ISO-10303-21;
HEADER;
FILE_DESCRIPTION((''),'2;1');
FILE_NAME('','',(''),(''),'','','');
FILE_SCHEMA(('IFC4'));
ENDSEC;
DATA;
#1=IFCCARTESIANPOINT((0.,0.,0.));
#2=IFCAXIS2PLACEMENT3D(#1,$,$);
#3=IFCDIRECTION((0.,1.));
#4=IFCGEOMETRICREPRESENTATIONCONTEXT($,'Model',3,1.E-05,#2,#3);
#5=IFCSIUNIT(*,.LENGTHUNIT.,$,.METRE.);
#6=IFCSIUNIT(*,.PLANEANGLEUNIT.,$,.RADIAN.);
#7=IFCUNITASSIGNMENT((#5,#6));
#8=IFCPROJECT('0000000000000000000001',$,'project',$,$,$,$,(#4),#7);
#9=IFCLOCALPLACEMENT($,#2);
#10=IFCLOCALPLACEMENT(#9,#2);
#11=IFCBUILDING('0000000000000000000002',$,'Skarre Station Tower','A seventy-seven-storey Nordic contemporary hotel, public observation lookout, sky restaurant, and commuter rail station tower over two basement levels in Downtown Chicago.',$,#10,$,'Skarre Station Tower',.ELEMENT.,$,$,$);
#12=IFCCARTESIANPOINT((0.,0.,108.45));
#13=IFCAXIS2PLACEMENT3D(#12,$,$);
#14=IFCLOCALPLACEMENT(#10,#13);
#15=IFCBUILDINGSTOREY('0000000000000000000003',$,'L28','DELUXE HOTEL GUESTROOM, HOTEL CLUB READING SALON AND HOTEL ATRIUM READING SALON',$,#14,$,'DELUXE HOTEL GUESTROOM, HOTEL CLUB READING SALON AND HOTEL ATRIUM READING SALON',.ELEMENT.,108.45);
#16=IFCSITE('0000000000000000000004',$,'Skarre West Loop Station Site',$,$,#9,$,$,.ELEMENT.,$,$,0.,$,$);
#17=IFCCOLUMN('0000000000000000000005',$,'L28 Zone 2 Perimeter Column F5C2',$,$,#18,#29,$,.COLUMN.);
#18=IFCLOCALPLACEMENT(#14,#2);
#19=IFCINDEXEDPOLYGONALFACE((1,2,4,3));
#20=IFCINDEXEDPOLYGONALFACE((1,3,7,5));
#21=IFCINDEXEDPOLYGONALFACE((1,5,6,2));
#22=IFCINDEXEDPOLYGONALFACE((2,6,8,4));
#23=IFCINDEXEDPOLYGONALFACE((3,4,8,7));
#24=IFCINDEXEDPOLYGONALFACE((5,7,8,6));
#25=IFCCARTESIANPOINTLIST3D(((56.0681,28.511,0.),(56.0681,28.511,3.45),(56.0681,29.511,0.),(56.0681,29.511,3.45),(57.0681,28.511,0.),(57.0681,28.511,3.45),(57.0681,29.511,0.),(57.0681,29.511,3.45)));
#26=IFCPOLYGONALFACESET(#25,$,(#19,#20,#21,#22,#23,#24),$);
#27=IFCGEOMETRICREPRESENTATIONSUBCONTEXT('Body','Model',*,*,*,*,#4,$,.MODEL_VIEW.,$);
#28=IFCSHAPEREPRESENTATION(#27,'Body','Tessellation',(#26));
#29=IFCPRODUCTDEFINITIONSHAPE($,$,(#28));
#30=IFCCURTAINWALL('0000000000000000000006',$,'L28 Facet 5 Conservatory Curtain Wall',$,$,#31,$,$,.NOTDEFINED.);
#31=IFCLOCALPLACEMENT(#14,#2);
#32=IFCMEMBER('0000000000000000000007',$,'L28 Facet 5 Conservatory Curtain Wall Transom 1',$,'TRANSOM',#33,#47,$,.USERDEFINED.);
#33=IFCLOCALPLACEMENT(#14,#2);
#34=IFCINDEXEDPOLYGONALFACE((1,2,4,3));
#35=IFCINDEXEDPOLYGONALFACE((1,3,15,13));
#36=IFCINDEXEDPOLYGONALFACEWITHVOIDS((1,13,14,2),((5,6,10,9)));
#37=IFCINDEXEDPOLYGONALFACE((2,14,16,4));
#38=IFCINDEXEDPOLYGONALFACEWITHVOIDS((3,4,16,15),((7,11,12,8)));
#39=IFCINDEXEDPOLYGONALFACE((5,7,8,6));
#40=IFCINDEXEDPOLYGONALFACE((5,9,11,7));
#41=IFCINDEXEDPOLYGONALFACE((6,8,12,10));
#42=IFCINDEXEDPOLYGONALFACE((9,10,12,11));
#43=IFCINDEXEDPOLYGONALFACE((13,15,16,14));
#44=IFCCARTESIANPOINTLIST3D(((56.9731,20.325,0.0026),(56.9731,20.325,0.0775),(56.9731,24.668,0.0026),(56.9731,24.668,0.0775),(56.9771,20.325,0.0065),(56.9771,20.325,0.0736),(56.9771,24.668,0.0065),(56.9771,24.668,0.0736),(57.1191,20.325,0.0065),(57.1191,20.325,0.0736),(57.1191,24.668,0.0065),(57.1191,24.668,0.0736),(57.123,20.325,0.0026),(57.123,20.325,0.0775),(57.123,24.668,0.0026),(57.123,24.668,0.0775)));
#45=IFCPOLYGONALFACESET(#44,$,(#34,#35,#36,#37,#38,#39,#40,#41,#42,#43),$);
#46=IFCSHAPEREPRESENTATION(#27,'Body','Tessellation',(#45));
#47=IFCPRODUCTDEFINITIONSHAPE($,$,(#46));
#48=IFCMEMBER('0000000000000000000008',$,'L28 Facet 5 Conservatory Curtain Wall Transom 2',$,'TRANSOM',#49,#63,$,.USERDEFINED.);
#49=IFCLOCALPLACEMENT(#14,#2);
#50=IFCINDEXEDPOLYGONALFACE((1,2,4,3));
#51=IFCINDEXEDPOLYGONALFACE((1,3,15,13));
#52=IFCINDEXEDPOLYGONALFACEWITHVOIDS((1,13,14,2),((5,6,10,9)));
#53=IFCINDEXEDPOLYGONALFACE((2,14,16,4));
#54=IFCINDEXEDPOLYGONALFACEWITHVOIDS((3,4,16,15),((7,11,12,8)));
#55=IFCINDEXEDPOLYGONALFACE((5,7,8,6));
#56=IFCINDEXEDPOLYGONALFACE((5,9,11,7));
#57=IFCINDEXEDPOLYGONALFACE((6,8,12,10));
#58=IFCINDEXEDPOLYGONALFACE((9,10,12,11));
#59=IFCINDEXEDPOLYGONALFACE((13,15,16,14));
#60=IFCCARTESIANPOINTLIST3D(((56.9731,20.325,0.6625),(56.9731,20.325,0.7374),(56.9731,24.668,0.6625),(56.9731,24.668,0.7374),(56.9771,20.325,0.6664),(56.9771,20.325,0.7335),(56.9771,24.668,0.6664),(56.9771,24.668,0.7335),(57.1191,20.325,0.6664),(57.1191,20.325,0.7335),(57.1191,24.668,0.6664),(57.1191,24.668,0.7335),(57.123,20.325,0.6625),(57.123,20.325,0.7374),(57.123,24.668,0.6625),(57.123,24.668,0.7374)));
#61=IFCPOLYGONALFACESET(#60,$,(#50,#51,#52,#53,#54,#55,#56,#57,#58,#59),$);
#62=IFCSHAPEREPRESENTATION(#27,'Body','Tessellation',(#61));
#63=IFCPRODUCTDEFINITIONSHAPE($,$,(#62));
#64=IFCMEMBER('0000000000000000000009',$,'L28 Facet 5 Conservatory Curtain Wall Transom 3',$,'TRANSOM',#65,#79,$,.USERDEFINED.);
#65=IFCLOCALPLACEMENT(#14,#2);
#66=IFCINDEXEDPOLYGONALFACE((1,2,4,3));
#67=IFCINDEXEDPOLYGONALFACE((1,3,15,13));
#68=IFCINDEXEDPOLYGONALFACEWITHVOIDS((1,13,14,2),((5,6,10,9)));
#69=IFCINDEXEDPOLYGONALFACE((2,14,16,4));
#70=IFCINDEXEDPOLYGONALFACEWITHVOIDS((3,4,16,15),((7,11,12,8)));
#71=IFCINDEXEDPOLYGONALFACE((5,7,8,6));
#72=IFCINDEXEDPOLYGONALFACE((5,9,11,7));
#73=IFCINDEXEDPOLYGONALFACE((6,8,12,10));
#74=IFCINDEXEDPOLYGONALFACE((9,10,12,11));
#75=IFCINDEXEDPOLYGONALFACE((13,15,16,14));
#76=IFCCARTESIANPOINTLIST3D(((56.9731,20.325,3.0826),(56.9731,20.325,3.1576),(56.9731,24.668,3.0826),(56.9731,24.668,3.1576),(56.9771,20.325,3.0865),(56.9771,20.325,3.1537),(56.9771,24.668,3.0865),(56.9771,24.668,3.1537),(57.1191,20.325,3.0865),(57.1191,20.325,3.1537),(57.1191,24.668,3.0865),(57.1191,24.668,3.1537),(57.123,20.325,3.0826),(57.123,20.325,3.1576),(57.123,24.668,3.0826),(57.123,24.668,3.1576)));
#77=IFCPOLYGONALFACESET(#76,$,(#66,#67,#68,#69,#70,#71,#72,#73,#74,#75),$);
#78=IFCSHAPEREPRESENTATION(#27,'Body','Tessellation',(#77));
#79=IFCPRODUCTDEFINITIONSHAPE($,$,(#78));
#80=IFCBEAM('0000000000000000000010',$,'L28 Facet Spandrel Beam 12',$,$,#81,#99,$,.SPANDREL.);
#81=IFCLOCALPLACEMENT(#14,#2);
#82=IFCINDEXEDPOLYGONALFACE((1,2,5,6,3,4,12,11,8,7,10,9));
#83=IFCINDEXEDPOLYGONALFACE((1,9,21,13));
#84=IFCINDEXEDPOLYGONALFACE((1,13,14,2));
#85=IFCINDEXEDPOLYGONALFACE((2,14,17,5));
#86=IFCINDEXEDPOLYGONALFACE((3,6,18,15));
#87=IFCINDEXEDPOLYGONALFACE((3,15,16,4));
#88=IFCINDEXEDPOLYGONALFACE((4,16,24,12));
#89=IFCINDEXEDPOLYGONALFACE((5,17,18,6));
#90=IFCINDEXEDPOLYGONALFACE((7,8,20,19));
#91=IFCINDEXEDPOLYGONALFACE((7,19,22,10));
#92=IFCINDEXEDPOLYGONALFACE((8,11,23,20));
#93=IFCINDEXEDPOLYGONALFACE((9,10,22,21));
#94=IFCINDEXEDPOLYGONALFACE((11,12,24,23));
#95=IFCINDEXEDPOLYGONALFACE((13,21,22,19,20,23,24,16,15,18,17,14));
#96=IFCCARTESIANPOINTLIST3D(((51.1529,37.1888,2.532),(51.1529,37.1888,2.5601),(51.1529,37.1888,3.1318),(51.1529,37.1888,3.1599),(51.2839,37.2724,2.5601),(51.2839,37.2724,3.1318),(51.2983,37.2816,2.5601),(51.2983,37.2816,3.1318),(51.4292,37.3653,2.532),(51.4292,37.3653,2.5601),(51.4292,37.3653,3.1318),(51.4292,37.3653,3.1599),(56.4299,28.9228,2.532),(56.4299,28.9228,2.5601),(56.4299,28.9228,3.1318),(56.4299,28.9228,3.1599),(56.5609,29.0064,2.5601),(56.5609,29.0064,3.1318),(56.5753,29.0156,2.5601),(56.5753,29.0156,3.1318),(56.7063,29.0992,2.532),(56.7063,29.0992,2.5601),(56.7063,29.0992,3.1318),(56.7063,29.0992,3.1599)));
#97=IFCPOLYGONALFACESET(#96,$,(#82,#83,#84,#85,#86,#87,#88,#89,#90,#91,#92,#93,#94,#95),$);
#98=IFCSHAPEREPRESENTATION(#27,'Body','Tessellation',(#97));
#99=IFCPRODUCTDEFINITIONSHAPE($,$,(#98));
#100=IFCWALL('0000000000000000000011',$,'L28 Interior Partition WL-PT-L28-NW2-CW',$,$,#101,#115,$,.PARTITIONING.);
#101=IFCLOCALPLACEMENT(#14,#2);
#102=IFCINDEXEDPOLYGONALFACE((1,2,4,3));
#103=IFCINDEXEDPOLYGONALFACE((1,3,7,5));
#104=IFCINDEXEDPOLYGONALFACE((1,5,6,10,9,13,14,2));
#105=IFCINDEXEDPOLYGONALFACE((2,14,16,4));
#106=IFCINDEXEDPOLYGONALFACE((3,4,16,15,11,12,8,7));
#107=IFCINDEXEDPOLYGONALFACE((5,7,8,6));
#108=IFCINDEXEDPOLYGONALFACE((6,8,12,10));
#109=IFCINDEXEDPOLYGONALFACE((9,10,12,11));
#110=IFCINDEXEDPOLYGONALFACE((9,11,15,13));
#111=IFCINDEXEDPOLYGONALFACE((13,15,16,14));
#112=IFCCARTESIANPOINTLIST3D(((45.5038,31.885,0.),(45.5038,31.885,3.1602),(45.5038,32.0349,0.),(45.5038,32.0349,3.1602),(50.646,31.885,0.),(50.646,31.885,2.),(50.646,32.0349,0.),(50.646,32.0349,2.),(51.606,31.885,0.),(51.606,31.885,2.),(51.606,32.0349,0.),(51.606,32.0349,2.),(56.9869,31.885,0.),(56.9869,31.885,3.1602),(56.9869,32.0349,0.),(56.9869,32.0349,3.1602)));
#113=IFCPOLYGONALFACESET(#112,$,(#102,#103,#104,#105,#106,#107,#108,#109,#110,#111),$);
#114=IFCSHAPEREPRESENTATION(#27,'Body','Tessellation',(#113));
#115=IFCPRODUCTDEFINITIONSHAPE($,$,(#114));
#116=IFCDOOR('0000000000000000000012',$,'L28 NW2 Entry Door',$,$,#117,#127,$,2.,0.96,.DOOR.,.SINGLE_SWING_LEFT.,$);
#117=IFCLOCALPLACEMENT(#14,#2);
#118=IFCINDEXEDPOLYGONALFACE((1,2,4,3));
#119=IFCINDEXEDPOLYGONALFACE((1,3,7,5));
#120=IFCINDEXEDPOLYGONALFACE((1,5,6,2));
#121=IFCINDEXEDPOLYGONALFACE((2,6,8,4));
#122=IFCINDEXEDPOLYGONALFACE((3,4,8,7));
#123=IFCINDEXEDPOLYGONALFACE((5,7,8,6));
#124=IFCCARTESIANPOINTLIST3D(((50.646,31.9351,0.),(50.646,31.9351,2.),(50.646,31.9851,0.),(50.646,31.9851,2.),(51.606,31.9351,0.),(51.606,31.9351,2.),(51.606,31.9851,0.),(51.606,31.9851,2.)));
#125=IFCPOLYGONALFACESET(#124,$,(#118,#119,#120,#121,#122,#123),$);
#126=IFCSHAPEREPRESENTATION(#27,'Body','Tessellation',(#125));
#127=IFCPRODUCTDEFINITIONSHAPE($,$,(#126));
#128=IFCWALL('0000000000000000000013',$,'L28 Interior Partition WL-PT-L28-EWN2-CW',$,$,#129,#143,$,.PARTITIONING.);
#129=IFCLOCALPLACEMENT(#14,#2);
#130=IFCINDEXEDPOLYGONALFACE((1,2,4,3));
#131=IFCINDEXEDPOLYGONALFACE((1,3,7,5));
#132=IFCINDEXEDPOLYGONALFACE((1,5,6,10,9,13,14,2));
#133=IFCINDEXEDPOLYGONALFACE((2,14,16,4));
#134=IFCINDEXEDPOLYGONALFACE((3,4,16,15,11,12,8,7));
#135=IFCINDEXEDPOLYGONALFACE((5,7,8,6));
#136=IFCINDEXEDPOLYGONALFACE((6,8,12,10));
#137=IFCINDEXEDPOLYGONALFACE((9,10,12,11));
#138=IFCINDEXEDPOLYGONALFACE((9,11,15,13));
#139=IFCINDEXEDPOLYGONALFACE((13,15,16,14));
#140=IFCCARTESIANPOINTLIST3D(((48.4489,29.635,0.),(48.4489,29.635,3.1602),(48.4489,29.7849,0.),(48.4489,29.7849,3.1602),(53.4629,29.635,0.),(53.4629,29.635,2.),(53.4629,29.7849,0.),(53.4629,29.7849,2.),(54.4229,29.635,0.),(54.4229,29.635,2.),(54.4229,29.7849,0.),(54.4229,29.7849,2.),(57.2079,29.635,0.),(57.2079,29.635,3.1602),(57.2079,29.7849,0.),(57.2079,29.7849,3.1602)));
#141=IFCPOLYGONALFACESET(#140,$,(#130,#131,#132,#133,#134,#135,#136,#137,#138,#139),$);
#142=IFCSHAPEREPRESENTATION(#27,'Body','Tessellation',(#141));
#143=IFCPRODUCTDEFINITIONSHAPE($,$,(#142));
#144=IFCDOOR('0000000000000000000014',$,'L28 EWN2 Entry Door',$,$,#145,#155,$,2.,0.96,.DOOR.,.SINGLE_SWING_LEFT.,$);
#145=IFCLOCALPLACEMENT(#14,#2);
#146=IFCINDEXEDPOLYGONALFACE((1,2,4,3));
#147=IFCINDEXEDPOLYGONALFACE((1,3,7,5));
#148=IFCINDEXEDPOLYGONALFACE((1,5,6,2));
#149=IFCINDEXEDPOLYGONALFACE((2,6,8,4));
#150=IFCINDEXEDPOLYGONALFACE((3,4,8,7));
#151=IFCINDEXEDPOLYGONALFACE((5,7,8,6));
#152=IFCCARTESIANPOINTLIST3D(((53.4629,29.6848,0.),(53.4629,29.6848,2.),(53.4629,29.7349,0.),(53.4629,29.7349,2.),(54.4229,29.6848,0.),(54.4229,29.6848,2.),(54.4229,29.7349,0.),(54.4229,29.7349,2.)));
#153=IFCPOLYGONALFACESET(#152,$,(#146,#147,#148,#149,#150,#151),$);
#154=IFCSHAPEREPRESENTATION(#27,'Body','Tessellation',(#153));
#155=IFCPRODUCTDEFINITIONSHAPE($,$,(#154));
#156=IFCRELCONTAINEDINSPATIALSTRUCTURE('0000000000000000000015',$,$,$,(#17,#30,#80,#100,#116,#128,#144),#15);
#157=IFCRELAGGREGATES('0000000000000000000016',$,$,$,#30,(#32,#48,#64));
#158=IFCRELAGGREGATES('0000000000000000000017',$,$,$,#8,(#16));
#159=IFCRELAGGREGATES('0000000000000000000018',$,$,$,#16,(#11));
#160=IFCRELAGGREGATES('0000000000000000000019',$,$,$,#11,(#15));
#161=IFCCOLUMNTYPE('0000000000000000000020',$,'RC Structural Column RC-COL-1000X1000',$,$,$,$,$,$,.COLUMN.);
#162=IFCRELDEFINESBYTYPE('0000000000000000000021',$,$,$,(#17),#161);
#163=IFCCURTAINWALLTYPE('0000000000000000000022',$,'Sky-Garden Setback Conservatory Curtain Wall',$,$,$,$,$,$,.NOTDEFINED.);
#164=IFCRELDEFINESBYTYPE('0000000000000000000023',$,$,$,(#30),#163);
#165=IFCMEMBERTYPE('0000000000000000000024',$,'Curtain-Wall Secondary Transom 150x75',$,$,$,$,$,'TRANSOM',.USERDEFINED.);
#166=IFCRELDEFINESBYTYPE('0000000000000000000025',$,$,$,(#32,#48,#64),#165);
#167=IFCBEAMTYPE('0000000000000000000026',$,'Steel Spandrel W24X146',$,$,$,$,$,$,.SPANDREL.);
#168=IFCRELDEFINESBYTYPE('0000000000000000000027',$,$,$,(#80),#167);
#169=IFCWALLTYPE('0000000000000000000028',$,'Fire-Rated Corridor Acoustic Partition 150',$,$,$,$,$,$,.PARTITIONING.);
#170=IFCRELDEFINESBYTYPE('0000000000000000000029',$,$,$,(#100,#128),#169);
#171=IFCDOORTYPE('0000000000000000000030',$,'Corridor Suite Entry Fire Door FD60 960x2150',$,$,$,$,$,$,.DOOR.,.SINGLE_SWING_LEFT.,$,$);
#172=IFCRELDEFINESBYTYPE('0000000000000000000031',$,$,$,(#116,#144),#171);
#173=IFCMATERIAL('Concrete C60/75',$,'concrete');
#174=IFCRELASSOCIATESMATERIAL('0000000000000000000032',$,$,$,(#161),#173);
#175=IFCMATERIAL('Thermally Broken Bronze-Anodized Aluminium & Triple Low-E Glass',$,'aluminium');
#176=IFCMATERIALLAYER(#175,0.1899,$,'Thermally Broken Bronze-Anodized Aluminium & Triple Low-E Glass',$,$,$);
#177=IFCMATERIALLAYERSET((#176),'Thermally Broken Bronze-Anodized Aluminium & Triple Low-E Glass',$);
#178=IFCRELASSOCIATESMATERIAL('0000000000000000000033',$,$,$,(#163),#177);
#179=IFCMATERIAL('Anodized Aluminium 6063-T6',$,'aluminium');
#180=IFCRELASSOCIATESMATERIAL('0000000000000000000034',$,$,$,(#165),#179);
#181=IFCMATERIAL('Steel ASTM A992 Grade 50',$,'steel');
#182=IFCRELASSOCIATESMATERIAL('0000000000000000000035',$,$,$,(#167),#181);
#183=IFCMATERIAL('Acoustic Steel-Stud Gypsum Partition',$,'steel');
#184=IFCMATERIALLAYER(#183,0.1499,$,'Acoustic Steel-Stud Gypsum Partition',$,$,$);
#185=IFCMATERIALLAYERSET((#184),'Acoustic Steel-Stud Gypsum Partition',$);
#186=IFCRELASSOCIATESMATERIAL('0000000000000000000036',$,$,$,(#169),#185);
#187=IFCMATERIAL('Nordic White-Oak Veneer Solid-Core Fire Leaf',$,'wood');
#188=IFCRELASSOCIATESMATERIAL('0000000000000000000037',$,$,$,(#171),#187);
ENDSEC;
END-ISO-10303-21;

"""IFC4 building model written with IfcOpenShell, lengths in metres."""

from ifc_helpers import new_model, si_unit, direction, frame, frame_2d, origin, origin_2d, place, context, subcontext, project, spatial, rectangle, hollow_rectangle, i_section, extrude, material, layer, layer_set, material_profile, profile_set, type_object, element, fill, aggregate, save


model = new_model("IFC4")

# Units and contexts
model_context = context("Model", 3, precision=1e-05, world=origin(), true_north=direction((0.0, 1.0)))
body_context = subcontext(model_context, "Body", "Model", "MODEL_VIEW")
ifc_project = project(units=[si_unit("LENGTHUNIT", "METRE"), si_unit("PLANEANGLEUNIT", "RADIAN")], contexts=[model_context])

# Site, building, storey
site_placement = place(None, origin())
site = spatial("IfcSite", under=ifc_project, at=site_placement, Name="Skarre West Loop Station Site", CompositionType="ELEMENT", RefElevation=0.0)
building_placement = place(site_placement, origin())
building = spatial("IfcBuilding", under=site, at=building_placement, Name="Skarre Station Tower", Description="A seventy-seven-storey Nordic contemporary hotel, public observation lookout, sky restaurant, and commuter rail station tower over two basement levels in Downtown Chicago.", LongName="Skarre Station Tower", CompositionType="ELEMENT")
storey_placement = place(building_placement, frame((0.0, 0.0, 108.45)))
storey = spatial("IfcBuildingStorey", under=building, at=storey_placement, Name="L28", Description="DELUXE HOTEL GUESTROOM, HOTEL CLUB READING SALON AND HOTEL ATRIUM READING SALON", LongName="DELUXE HOTEL GUESTROOM, HOTEL CLUB READING SALON AND HOTEL ATRIUM READING SALON", CompositionType="ELEMENT", Elevation=108.45)

# Column
ifc_material_1 = material(Name="Concrete C60/75", Category="concrete")
ifc_material_profile_1 = material_profile(ifc_material_1, rectangle(XDim=1.0, YDim=1.0, at=origin_2d()), Name="Concrete C60/75")
ifc_profile_set_1 = profile_set([ifc_material_profile_1], Name="Concrete C60/75")
column_type = type_object("IfcColumnType", Name="RC Structural Column RC-COL-1000X1000", PredefinedType="COLUMN", material=ifc_profile_set_1)
column_placement = place(storey_placement, frame((56.5681, 29.011, 0.0), z_axis=(0.0, 0.0, 1.0), x_axis=(1.0, 0.0, 0.0)))
element("IfcColumn", 1, at=column_placement, inside=storey, type_object=column_type, Name="L28 Zone 2 Perimeter Column F5C2", PredefinedType="COLUMN", context=body_context, shape_type="SweptSolid", body=[
    extrude(rectangle(XDim=1.0, YDim=1.0, at=origin_2d()), origin(), (0.0, 0.0, 1.0), 3.45),
])

# Curtain wall, members
ifc_material_2 = material(Name="Thermally Broken Bronze-Anodized Aluminium & Triple Low-E Glass", Category="aluminium")
ifc_layer_1 = layer(ifc_material_2, 0.1899, Name="Thermally Broken Bronze-Anodized Aluminium & Triple Low-E Glass")
ifc_layer_set_1 = layer_set([ifc_layer_1], Name="Thermally Broken Bronze-Anodized Aluminium & Triple Low-E Glass")
curtain_wall_type = type_object("IfcCurtainWallType", Name="Sky-Garden Setback Conservatory Curtain Wall", PredefinedType="NOTDEFINED", material=ifc_layer_set_1)
curtain_wall_placement = place(storey_placement, origin())
curtain_wall = element("IfcCurtainWall", 2, at=curtain_wall_placement, inside=storey, type_object=curtain_wall_type, Name="L28 Facet 5 Conservatory Curtain Wall", PredefinedType="NOTDEFINED")
ifc_material_3 = material(Name="Anodized Aluminium 6063-T6", Category="aluminium")
ifc_material_profile_2 = material_profile(ifc_material_3, hollow_rectangle(XDim=0.075, YDim=0.1499, WallThickness=0.0039, at=origin_2d()), Name="Anodized Aluminium 6063-T6")
ifc_profile_set_2 = profile_set([ifc_material_profile_2], Name="Anodized Aluminium 6063-T6")
member_type = type_object("IfcMemberType", Name="Curtain-Wall Secondary Transom 150x75", ElementType="TRANSOM", PredefinedType="USERDEFINED", material=ifc_profile_set_2)
member_1_placement = place(storey_placement, frame((57.0481, 24.668, 0.04), z_axis=(0.0, -1.0, 0.0), x_axis=(0.0, 0.0, 1.0)))
member_1 = element("IfcMember", 3, at=member_1_placement, type_object=member_type, Name="L28 Facet 5 Conservatory Curtain Wall Transom 1", ObjectType="TRANSOM", PredefinedType="USERDEFINED", context=body_context, shape_type="SweptSolid", body=[
    extrude(hollow_rectangle(XDim=0.075, YDim=0.1499, WallThickness=0.0039, at=origin_2d()), origin(), (0.0, 0.0, 1.0), 4.343),
])
member_2_placement = place(storey_placement, frame((57.0481, 24.668, 0.7), z_axis=(0.0, -1.0, 0.0), x_axis=(0.0, 0.0, 1.0)))
member_2 = element("IfcMember", 4, at=member_2_placement, type_object=member_type, Name="L28 Facet 5 Conservatory Curtain Wall Transom 2", ObjectType="TRANSOM", PredefinedType="USERDEFINED", context=body_context, shape_type="SweptSolid", body=[
    extrude(hollow_rectangle(XDim=0.075, YDim=0.1499, WallThickness=0.0039, at=origin_2d()), origin(), (0.0, 0.0, 1.0), 4.343),
])
member_3_placement = place(storey_placement, frame((57.0481, 24.668, 3.1201), z_axis=(0.0, -1.0, 0.0), x_axis=(0.0, 0.0, 1.0)))
member_3 = element("IfcMember", 5, at=member_3_placement, type_object=member_type, Name="L28 Facet 5 Conservatory Curtain Wall Transom 3", ObjectType="TRANSOM", PredefinedType="USERDEFINED", context=body_context, shape_type="SweptSolid", body=[
    extrude(hollow_rectangle(XDim=0.075, YDim=0.1499, WallThickness=0.0039, at=origin_2d()), origin(), (0.0, 0.0, 1.0), 4.343),
])
aggregate(curtain_wall, [member_1, member_2, member_3])

# Beam
ifc_material_4 = material(Name="Steel ASTM A992 Grade 50", Category="steel")
ifc_material_profile_3 = material_profile(ifc_material_4, i_section(OverallWidth=0.3279, OverallDepth=0.6279, WebThickness=0.0171, FlangeThickness=0.0281, at=origin_2d()), Name="Steel ASTM A992 Grade 50")
ifc_profile_set_3 = profile_set([ifc_material_profile_3], Name="Steel ASTM A992 Grade 50")
beam_type = type_object("IfcBeamType", Name="Steel Spandrel W24X146", PredefinedType="SPANDREL", material=ifc_profile_set_3)
beam_placement = place(storey_placement, frame((56.5681, 29.011, 2.8459), z_axis=(-0.538098, 0.842883, 0.0), x_axis=(-0.842883, -0.538098, 0.0)))
element("IfcBeam", 6, at=beam_placement, inside=storey, type_object=beam_type, Name="L28 Facet Spandrel Beam 12", PredefinedType="SPANDREL", context=body_context, shape_type="SweptSolid", body=[
    extrude(i_section(OverallWidth=0.3279, OverallDepth=0.6279, WebThickness=0.0171, FlangeThickness=0.0281, at=origin_2d()), origin(), (0.0, 0.0, 1.0), 9.8069),
])

# Walls, openings, doors
ifc_material_5 = material(Name="Acoustic Steel-Stud Gypsum Partition", Category="steel")
ifc_layer_2 = layer(ifc_material_5, 0.1499, Name="Acoustic Steel-Stud Gypsum Partition")
ifc_layer_set_2 = layer_set([ifc_layer_2], Name="Acoustic Steel-Stud Gypsum Partition")
wall_type_1 = type_object("IfcWallType", Name="Fire-Rated Corridor Acoustic Partition 150", PredefinedType="PARTITIONING", material=ifc_layer_set_2)
wall_1_placement = place(storey_placement, frame((56.9871, 31.96, 0.0), z_axis=(0.0, 0.0, 1.0), x_axis=(-1.0, 0.0, 0.0)))
wall_1 = element("IfcWall", 7, at=wall_1_placement, inside=storey, type_object=wall_type_1, Name="L28 Interior Partition WL-PT-L28-NW2-CW", PredefinedType="PARTITIONING", context=body_context, shape_type="SweptSolid", body=[
    extrude(rectangle(XDim=11.4832, YDim=0.1499, at=frame_2d((5.7417, 0.0))), origin(), (0.0, 0.0, 1.0), 3.1602),
])
opening_1_placement = place(wall_1_placement, frame((5.3811, 0.0, 0.0)))
opening_1 = element("IfcOpeningElement", 8, at=opening_1_placement, cuts=wall_1, PredefinedType="OPENING", context=body_context, shape_type="SweptSolid", body=[
    extrude(rectangle(XDim=0.96, YDim=2.0, at=frame_2d((0.48, 1.0))), frame((0.0, 0.085, 0.0), z_axis=(0.0, -1.0, 0.0), x_axis=(1.0, 0.0, 0.0)), (0.0, 0.0, 1.0), 0.1699),
])
ifc_material_6 = material(Name="Nordic White-Oak Veneer Solid-Core Fire Leaf", Category="wood")
door_type_1 = type_object("IfcDoorType", Name="Corridor Suite Entry Fire Door FD60 960x2150", OperationType="SINGLE_SWING_LEFT", PredefinedType="DOOR", material=ifc_material_6)
door_1_placement = place(opening_1_placement, origin())
door_1 = element("IfcDoor", 9, at=door_1_placement, inside=storey, type_object=door_type_1, Name="L28 NW2 Entry Door", OperationType="SINGLE_SWING_LEFT", OverallHeight=2.0, OverallWidth=0.96, PredefinedType="DOOR", context=body_context, shape_type="SweptSolid", body=[
    extrude(rectangle(XDim=0.96, YDim=2.0, at=frame_2d((0.48, 1.0))), frame((0.0, 0.0249, 0.0), z_axis=(0.0, -1.0, 0.0), x_axis=(1.0, 0.0, 0.0)), (0.0, 0.0, 1.0), 0.05),
])
fill(opening_1, door_1)
wall_2_placement = place(storey_placement, frame((48.449, 29.71, 0.0), z_axis=(0.0, 0.0, 1.0), x_axis=(1.0, 0.0, 0.0)))
wall_2 = element("IfcWall", 10, at=wall_2_placement, inside=storey, type_object=wall_type_1, Name="L28 Interior Partition WL-PT-L28-EWN2-CW", PredefinedType="PARTITIONING", context=body_context, shape_type="SweptSolid", body=[
    extrude(rectangle(XDim=8.759, YDim=0.1499, at=frame_2d((4.3794, 0.0))), origin(), (0.0, 0.0, 1.0), 3.1602),
])
opening_2_placement = place(wall_2_placement, frame((5.0139, 0.0, 0.0)))
opening_2 = element("IfcOpeningElement", 11, at=opening_2_placement, cuts=wall_2, PredefinedType="OPENING", context=body_context, shape_type="SweptSolid", body=[
    extrude(rectangle(XDim=0.96, YDim=2.0, at=frame_2d((0.48, 1.0))), frame((0.0, 0.085, 0.0), z_axis=(0.0, -1.0, 0.0), x_axis=(1.0, 0.0, 0.0)), (0.0, 0.0, 1.0), 0.1699),
])
door_2_placement = place(opening_2_placement, origin())
door_2 = element("IfcDoor", 12, at=door_2_placement, inside=storey, type_object=door_type_1, Name="L28 EWN2 Entry Door", OperationType="SINGLE_SWING_LEFT", OverallHeight=2.0, OverallWidth=0.96, PredefinedType="DOOR", context=body_context, shape_type="SweptSolid", body=[
    extrude(rectangle(XDim=0.96, YDim=2.0, at=frame_2d((0.48, 1.0))), frame((0.0, 0.0249, 0.0), z_axis=(0.0, -1.0, 0.0), x_axis=(1.0, 0.0, 0.0)), (0.0, 0.0, 1.0), 0.05),
])
fill(opening_2, door_2)

save(model, "model.ifc")
